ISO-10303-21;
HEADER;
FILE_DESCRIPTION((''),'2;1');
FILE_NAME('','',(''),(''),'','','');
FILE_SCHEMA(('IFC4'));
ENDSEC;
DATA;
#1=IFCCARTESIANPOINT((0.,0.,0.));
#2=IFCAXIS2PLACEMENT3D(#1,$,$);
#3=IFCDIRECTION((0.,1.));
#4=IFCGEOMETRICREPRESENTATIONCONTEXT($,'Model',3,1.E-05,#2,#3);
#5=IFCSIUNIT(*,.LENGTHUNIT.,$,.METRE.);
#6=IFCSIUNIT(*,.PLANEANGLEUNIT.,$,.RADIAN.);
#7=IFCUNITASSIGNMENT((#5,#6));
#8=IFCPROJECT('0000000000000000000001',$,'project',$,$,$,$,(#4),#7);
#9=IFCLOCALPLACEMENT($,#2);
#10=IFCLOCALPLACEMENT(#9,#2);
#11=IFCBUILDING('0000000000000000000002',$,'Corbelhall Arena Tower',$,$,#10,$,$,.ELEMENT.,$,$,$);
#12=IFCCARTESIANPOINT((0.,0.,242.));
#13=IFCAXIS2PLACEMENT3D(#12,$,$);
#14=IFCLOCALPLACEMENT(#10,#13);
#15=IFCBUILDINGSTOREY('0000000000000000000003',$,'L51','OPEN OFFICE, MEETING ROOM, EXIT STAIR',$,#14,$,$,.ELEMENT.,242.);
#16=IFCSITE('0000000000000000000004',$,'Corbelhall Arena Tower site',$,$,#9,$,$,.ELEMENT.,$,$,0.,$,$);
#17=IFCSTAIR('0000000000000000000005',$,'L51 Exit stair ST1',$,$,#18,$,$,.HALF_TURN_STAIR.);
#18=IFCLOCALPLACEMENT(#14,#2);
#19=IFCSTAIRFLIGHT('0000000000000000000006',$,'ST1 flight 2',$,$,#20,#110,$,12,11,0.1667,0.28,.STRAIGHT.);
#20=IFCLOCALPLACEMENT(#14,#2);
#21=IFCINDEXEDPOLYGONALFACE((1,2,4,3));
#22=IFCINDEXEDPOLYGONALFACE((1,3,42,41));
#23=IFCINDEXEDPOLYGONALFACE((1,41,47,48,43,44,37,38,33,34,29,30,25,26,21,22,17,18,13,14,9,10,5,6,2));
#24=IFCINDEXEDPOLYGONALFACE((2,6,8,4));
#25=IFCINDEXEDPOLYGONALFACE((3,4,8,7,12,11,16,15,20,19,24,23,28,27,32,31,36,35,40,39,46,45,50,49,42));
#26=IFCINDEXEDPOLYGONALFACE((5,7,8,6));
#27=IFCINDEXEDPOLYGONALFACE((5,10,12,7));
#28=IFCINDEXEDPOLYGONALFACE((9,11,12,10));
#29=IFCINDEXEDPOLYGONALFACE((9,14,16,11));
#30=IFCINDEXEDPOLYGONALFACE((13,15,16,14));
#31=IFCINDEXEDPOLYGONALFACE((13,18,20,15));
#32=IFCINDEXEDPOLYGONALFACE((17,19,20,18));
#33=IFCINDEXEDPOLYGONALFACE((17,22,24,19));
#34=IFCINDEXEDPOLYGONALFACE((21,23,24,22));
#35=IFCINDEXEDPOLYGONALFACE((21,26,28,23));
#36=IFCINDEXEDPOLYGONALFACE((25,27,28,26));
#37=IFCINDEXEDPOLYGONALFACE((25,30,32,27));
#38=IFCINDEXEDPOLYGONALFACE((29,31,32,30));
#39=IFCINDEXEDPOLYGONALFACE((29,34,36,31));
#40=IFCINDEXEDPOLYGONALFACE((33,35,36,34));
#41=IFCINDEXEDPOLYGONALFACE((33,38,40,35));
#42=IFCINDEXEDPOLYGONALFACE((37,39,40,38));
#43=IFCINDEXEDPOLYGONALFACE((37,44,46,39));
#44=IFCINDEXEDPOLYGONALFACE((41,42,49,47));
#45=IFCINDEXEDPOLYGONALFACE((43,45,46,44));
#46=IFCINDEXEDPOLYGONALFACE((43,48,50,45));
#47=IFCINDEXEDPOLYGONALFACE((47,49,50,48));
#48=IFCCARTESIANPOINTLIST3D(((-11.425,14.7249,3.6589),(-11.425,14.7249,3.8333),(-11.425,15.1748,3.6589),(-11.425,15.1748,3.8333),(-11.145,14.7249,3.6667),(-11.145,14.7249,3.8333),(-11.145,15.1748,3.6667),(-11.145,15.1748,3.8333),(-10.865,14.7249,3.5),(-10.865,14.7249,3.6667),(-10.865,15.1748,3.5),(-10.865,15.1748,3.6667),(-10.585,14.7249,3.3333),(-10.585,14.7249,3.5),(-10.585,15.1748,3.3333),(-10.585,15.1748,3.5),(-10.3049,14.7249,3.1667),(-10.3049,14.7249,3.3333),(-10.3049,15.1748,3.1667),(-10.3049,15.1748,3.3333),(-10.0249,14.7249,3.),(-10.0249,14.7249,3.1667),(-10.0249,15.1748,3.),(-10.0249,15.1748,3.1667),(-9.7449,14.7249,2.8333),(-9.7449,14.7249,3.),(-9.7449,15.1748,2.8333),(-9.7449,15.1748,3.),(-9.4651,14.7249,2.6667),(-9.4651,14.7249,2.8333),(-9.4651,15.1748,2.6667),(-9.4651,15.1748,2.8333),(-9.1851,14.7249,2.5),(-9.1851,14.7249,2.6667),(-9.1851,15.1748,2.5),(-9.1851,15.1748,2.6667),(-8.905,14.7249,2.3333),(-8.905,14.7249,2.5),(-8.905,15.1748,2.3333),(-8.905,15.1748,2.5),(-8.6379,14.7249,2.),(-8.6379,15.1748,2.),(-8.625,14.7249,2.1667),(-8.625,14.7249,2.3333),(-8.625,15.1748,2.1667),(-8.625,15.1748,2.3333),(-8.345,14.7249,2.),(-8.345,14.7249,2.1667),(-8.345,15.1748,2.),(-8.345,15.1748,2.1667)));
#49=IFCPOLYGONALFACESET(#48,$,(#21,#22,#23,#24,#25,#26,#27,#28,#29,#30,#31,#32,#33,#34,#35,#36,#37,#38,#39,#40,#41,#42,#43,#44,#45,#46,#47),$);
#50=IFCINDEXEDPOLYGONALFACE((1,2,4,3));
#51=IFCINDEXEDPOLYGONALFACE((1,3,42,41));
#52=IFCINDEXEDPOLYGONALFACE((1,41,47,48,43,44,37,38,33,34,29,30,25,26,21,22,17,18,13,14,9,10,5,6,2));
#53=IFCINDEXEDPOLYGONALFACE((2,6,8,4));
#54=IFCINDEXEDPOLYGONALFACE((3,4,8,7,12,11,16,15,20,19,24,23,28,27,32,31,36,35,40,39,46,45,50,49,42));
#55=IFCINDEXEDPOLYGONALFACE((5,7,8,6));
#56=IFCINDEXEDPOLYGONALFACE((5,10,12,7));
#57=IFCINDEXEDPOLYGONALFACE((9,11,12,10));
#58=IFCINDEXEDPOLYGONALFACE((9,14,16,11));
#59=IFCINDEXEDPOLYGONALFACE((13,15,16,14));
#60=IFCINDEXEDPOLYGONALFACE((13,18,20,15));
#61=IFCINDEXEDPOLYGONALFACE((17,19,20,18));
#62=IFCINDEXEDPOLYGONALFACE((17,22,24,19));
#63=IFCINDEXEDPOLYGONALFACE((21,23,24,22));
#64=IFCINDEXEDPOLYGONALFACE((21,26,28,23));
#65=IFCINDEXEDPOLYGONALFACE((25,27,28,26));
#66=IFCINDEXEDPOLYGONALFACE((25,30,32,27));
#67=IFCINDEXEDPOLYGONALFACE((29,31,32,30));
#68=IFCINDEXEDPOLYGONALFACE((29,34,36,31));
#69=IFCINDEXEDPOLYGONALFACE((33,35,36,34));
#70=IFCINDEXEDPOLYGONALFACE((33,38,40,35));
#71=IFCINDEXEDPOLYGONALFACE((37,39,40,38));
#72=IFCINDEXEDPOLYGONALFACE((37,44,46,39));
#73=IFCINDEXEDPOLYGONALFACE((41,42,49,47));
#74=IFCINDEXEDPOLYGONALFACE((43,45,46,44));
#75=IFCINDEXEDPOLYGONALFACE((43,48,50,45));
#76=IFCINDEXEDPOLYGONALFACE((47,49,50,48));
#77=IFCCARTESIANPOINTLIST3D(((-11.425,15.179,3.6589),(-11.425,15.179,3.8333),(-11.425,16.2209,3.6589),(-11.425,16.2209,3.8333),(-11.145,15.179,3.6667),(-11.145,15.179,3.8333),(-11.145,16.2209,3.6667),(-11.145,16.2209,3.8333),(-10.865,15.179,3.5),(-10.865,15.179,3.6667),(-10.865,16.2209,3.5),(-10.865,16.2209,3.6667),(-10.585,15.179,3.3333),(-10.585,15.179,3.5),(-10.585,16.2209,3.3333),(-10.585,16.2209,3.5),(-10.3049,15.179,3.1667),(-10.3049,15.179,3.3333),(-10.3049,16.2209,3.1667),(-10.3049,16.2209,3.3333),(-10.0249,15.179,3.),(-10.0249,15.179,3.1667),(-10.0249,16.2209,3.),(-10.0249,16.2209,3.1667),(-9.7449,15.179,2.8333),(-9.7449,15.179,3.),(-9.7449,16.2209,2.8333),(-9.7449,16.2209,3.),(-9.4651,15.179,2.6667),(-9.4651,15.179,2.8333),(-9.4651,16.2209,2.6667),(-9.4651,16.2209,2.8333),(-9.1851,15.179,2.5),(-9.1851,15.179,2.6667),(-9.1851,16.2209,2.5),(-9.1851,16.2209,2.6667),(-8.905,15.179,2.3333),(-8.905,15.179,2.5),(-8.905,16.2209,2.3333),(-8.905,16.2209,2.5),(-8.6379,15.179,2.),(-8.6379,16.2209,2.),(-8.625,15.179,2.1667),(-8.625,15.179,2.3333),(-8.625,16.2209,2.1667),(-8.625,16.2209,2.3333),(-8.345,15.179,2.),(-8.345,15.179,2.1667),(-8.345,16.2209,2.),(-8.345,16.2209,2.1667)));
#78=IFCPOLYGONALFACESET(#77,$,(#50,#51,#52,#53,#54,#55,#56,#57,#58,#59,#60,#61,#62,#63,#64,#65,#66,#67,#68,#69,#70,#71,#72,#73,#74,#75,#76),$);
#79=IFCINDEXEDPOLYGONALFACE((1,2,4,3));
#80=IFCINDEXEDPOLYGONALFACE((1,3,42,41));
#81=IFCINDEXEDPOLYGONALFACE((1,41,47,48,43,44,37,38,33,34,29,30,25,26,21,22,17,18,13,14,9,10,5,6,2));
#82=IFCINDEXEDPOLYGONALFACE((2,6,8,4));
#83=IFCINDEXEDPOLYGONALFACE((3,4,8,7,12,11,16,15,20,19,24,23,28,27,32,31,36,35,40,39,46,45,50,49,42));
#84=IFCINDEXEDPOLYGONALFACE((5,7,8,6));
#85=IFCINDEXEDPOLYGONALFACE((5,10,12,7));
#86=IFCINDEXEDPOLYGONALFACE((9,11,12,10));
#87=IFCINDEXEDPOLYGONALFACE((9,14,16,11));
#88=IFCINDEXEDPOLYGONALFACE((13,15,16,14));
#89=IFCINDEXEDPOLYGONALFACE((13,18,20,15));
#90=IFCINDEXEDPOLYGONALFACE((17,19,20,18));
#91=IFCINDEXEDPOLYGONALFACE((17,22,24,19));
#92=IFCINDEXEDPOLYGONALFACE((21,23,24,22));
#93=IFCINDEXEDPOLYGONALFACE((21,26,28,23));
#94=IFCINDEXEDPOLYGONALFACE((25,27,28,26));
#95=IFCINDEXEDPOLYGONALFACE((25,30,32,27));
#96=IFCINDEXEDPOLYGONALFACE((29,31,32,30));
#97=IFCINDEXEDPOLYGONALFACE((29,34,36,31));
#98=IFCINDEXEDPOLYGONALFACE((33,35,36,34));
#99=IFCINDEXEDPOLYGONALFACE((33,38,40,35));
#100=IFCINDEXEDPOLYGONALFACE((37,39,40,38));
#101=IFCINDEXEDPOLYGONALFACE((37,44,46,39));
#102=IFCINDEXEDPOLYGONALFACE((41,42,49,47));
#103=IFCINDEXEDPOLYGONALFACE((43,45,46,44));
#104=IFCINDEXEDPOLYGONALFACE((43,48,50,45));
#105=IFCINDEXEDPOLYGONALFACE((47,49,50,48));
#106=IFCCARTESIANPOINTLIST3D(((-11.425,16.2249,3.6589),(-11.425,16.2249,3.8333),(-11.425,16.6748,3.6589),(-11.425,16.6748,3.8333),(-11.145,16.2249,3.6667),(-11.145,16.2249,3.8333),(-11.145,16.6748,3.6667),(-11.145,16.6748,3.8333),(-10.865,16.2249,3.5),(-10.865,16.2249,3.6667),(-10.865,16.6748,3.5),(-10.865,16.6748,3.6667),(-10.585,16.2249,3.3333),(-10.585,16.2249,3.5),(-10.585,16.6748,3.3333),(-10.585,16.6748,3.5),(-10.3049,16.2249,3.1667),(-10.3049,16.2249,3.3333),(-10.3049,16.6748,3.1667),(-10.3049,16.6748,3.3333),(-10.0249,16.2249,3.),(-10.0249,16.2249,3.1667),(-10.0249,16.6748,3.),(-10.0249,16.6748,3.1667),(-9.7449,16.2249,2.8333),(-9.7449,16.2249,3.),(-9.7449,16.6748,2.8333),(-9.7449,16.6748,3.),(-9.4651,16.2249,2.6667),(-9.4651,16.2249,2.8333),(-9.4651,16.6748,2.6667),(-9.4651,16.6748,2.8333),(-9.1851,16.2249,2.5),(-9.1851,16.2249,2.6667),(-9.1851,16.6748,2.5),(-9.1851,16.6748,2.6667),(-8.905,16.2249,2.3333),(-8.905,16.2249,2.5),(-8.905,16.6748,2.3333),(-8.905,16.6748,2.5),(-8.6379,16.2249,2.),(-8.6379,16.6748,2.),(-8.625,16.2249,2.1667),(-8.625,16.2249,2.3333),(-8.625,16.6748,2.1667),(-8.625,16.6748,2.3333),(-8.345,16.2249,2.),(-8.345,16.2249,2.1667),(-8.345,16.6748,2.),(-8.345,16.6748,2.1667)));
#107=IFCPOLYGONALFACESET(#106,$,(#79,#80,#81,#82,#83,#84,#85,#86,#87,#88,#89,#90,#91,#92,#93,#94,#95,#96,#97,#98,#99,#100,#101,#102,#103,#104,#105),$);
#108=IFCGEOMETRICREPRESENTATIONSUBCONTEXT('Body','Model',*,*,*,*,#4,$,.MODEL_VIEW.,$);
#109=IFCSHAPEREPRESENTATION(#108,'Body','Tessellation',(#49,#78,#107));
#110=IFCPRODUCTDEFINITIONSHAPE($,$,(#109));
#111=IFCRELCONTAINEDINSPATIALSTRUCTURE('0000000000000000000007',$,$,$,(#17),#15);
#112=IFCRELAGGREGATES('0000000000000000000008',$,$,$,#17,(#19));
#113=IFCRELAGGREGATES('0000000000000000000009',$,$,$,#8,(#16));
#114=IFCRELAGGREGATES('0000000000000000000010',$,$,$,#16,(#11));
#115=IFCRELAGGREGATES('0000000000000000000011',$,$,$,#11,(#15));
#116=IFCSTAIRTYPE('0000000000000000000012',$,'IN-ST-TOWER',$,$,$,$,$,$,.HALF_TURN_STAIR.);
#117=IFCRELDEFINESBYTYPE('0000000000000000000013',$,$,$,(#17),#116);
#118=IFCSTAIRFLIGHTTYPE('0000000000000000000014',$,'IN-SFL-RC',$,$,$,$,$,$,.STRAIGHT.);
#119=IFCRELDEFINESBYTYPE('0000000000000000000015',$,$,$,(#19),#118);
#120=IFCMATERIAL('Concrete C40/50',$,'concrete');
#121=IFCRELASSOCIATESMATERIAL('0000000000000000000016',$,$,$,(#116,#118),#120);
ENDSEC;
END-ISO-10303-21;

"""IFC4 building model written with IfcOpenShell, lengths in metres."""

from ifc_helpers import new_model, si_unit, direction, frame, origin, place, context, subcontext, project, spatial, polyline, outline, extrude, material, type_object, element, aggregate, save


model = new_model("IFC4")

# Units and contexts
model_context = context("Model", 3, precision=1e-05, world=origin(), true_north=direction((0.0, 1.0)))
body_context = subcontext(model_context, "Body", "Model", "MODEL_VIEW")
ifc_project = project(units=[si_unit("LENGTHUNIT", "METRE"), si_unit("PLANEANGLEUNIT", "RADIAN")], contexts=[model_context])

# Site, building, storey
site_placement = place(None, origin())
site = spatial("IfcSite", under=ifc_project, at=site_placement, Name="Corbelhall Arena Tower site", CompositionType="ELEMENT", RefElevation=0.0)
building_placement = place(site_placement, origin())
building = spatial("IfcBuilding", under=site, at=building_placement, Name="Corbelhall Arena Tower", CompositionType="ELEMENT")
storey_placement = place(building_placement, frame((0.0, 0.0, 242.0)))
storey = spatial("IfcBuildingStorey", under=building, at=storey_placement, Name="L51", Description="OPEN OFFICE, MEETING ROOM, EXIT STAIR", CompositionType="ELEMENT", Elevation=242.0)

# Shared definitions
ifc_material_1 = material(Name="Concrete C40/50", Category="concrete")

# Stair, stair flight
stair_type = type_object("IfcStairType", Name="IN-ST-TOWER", PredefinedType="HALF_TURN_STAIR", material=ifc_material_1)
stair_placement = place(storey_placement, origin())
stair = element("IfcStair", 1, at=stair_placement, inside=storey, type_object=stair_type, Name="L51 Exit stair ST1", PredefinedType="HALF_TURN_STAIR")
stair_flight_type = type_object("IfcStairFlightType", Name="IN-SFL-RC", PredefinedType="STRAIGHT", material=ifc_material_1)
stair_flight_1_placement = place(storey_placement, frame((-8.345, 15.7, 2.0), z_axis=(0.0, 0.0, 1.0), x_axis=(-1.0, 0.0, 0.0)))
stair_flight_1 = element("IfcStairFlight", 2, at=stair_flight_1_placement, type_object=stair_flight_type, Name="ST1 flight 2", NumberOfRisers=12, NumberOfTreads=11, PredefinedType="STRAIGHT", RiserHeight=0.1667, TreadLength=0.28, context=body_context, shape_type="SweptSolid", body=[
    extrude(outline(polyline([(0.0, 0.0), (0.0, 0.1667), (0.28, 0.1667), (0.28, 0.3333), (0.5601, 0.3333), (0.5601, 0.5), (0.8401, 0.5), (0.8401, 0.6667), (1.1201, 0.6667), (1.1201, 0.8333), (1.3999, 0.8333), (1.3999, 1.0), (1.6799, 1.0), (1.6799, 1.1667), (1.96, 1.1667), (1.96, 1.3333), (2.24, 1.3333), (2.24, 1.5), (2.52, 1.5), (2.52, 1.6667), (2.8, 1.6667), (2.8, 1.8333), (3.0801, 1.8333), (3.0801, 2.0), (3.0801, 1.6589), (0.293, 0.0), (0.0, 0.0)])), frame((0.0, 0.9751, 0.0), z_axis=(0.0, -1.0, 0.0), x_axis=(1.0, 0.0, 0.0)), (0.0, 0.0, 1.0), 0.45),
    extrude(outline(polyline([(0.0, 0.0), (0.0, 0.1667), (0.28, 0.1667), (0.28, 0.3333), (0.5601, 0.3333), (0.5601, 0.5), (0.8401, 0.5), (0.8401, 0.6667), (1.1201, 0.6667), (1.1201, 0.8333), (1.3999, 0.8333), (1.3999, 1.0), (1.6799, 1.0), (1.6799, 1.1667), (1.96, 1.1667), (1.96, 1.3333), (2.24, 1.3333), (2.24, 1.5), (2.52, 1.5), (2.52, 1.6667), (2.8, 1.6667), (2.8, 1.8333), (3.0801, 1.8333), (3.0801, 2.0), (3.0801, 1.6589), (0.293, 0.0), (0.0, 0.0)])), frame((0.0, 0.521, 0.0), z_axis=(0.0, -1.0, 0.0), x_axis=(1.0, 0.0, 0.0)), (0.0, 0.0, 1.0), 1.042),
    extrude(outline(polyline([(0.0, 0.0), (0.0, 0.1667), (0.28, 0.1667), (0.28, 0.3333), (0.5601, 0.3333), (0.5601, 0.5), (0.8401, 0.5), (0.8401, 0.6667), (1.1201, 0.6667), (1.1201, 0.8333), (1.3999, 0.8333), (1.3999, 1.0), (1.6799, 1.0), (1.6799, 1.1667), (1.96, 1.1667), (1.96, 1.3333), (2.24, 1.3333), (2.24, 1.5), (2.52, 1.5), (2.52, 1.6667), (2.8, 1.6667), (2.8, 1.8333), (3.0801, 1.8333), (3.0801, 2.0), (3.0801, 1.6589), (0.293, 0.0), (0.0, 0.0)])), frame((0.0, -0.5249, 0.0), z_axis=(0.0, -1.0, 0.0), x_axis=(1.0, 0.0, 0.0)), (0.0, 0.0, 1.0), 0.45),
])
aggregate(stair, [stair_flight_1])

save(model, "model.ifc")
